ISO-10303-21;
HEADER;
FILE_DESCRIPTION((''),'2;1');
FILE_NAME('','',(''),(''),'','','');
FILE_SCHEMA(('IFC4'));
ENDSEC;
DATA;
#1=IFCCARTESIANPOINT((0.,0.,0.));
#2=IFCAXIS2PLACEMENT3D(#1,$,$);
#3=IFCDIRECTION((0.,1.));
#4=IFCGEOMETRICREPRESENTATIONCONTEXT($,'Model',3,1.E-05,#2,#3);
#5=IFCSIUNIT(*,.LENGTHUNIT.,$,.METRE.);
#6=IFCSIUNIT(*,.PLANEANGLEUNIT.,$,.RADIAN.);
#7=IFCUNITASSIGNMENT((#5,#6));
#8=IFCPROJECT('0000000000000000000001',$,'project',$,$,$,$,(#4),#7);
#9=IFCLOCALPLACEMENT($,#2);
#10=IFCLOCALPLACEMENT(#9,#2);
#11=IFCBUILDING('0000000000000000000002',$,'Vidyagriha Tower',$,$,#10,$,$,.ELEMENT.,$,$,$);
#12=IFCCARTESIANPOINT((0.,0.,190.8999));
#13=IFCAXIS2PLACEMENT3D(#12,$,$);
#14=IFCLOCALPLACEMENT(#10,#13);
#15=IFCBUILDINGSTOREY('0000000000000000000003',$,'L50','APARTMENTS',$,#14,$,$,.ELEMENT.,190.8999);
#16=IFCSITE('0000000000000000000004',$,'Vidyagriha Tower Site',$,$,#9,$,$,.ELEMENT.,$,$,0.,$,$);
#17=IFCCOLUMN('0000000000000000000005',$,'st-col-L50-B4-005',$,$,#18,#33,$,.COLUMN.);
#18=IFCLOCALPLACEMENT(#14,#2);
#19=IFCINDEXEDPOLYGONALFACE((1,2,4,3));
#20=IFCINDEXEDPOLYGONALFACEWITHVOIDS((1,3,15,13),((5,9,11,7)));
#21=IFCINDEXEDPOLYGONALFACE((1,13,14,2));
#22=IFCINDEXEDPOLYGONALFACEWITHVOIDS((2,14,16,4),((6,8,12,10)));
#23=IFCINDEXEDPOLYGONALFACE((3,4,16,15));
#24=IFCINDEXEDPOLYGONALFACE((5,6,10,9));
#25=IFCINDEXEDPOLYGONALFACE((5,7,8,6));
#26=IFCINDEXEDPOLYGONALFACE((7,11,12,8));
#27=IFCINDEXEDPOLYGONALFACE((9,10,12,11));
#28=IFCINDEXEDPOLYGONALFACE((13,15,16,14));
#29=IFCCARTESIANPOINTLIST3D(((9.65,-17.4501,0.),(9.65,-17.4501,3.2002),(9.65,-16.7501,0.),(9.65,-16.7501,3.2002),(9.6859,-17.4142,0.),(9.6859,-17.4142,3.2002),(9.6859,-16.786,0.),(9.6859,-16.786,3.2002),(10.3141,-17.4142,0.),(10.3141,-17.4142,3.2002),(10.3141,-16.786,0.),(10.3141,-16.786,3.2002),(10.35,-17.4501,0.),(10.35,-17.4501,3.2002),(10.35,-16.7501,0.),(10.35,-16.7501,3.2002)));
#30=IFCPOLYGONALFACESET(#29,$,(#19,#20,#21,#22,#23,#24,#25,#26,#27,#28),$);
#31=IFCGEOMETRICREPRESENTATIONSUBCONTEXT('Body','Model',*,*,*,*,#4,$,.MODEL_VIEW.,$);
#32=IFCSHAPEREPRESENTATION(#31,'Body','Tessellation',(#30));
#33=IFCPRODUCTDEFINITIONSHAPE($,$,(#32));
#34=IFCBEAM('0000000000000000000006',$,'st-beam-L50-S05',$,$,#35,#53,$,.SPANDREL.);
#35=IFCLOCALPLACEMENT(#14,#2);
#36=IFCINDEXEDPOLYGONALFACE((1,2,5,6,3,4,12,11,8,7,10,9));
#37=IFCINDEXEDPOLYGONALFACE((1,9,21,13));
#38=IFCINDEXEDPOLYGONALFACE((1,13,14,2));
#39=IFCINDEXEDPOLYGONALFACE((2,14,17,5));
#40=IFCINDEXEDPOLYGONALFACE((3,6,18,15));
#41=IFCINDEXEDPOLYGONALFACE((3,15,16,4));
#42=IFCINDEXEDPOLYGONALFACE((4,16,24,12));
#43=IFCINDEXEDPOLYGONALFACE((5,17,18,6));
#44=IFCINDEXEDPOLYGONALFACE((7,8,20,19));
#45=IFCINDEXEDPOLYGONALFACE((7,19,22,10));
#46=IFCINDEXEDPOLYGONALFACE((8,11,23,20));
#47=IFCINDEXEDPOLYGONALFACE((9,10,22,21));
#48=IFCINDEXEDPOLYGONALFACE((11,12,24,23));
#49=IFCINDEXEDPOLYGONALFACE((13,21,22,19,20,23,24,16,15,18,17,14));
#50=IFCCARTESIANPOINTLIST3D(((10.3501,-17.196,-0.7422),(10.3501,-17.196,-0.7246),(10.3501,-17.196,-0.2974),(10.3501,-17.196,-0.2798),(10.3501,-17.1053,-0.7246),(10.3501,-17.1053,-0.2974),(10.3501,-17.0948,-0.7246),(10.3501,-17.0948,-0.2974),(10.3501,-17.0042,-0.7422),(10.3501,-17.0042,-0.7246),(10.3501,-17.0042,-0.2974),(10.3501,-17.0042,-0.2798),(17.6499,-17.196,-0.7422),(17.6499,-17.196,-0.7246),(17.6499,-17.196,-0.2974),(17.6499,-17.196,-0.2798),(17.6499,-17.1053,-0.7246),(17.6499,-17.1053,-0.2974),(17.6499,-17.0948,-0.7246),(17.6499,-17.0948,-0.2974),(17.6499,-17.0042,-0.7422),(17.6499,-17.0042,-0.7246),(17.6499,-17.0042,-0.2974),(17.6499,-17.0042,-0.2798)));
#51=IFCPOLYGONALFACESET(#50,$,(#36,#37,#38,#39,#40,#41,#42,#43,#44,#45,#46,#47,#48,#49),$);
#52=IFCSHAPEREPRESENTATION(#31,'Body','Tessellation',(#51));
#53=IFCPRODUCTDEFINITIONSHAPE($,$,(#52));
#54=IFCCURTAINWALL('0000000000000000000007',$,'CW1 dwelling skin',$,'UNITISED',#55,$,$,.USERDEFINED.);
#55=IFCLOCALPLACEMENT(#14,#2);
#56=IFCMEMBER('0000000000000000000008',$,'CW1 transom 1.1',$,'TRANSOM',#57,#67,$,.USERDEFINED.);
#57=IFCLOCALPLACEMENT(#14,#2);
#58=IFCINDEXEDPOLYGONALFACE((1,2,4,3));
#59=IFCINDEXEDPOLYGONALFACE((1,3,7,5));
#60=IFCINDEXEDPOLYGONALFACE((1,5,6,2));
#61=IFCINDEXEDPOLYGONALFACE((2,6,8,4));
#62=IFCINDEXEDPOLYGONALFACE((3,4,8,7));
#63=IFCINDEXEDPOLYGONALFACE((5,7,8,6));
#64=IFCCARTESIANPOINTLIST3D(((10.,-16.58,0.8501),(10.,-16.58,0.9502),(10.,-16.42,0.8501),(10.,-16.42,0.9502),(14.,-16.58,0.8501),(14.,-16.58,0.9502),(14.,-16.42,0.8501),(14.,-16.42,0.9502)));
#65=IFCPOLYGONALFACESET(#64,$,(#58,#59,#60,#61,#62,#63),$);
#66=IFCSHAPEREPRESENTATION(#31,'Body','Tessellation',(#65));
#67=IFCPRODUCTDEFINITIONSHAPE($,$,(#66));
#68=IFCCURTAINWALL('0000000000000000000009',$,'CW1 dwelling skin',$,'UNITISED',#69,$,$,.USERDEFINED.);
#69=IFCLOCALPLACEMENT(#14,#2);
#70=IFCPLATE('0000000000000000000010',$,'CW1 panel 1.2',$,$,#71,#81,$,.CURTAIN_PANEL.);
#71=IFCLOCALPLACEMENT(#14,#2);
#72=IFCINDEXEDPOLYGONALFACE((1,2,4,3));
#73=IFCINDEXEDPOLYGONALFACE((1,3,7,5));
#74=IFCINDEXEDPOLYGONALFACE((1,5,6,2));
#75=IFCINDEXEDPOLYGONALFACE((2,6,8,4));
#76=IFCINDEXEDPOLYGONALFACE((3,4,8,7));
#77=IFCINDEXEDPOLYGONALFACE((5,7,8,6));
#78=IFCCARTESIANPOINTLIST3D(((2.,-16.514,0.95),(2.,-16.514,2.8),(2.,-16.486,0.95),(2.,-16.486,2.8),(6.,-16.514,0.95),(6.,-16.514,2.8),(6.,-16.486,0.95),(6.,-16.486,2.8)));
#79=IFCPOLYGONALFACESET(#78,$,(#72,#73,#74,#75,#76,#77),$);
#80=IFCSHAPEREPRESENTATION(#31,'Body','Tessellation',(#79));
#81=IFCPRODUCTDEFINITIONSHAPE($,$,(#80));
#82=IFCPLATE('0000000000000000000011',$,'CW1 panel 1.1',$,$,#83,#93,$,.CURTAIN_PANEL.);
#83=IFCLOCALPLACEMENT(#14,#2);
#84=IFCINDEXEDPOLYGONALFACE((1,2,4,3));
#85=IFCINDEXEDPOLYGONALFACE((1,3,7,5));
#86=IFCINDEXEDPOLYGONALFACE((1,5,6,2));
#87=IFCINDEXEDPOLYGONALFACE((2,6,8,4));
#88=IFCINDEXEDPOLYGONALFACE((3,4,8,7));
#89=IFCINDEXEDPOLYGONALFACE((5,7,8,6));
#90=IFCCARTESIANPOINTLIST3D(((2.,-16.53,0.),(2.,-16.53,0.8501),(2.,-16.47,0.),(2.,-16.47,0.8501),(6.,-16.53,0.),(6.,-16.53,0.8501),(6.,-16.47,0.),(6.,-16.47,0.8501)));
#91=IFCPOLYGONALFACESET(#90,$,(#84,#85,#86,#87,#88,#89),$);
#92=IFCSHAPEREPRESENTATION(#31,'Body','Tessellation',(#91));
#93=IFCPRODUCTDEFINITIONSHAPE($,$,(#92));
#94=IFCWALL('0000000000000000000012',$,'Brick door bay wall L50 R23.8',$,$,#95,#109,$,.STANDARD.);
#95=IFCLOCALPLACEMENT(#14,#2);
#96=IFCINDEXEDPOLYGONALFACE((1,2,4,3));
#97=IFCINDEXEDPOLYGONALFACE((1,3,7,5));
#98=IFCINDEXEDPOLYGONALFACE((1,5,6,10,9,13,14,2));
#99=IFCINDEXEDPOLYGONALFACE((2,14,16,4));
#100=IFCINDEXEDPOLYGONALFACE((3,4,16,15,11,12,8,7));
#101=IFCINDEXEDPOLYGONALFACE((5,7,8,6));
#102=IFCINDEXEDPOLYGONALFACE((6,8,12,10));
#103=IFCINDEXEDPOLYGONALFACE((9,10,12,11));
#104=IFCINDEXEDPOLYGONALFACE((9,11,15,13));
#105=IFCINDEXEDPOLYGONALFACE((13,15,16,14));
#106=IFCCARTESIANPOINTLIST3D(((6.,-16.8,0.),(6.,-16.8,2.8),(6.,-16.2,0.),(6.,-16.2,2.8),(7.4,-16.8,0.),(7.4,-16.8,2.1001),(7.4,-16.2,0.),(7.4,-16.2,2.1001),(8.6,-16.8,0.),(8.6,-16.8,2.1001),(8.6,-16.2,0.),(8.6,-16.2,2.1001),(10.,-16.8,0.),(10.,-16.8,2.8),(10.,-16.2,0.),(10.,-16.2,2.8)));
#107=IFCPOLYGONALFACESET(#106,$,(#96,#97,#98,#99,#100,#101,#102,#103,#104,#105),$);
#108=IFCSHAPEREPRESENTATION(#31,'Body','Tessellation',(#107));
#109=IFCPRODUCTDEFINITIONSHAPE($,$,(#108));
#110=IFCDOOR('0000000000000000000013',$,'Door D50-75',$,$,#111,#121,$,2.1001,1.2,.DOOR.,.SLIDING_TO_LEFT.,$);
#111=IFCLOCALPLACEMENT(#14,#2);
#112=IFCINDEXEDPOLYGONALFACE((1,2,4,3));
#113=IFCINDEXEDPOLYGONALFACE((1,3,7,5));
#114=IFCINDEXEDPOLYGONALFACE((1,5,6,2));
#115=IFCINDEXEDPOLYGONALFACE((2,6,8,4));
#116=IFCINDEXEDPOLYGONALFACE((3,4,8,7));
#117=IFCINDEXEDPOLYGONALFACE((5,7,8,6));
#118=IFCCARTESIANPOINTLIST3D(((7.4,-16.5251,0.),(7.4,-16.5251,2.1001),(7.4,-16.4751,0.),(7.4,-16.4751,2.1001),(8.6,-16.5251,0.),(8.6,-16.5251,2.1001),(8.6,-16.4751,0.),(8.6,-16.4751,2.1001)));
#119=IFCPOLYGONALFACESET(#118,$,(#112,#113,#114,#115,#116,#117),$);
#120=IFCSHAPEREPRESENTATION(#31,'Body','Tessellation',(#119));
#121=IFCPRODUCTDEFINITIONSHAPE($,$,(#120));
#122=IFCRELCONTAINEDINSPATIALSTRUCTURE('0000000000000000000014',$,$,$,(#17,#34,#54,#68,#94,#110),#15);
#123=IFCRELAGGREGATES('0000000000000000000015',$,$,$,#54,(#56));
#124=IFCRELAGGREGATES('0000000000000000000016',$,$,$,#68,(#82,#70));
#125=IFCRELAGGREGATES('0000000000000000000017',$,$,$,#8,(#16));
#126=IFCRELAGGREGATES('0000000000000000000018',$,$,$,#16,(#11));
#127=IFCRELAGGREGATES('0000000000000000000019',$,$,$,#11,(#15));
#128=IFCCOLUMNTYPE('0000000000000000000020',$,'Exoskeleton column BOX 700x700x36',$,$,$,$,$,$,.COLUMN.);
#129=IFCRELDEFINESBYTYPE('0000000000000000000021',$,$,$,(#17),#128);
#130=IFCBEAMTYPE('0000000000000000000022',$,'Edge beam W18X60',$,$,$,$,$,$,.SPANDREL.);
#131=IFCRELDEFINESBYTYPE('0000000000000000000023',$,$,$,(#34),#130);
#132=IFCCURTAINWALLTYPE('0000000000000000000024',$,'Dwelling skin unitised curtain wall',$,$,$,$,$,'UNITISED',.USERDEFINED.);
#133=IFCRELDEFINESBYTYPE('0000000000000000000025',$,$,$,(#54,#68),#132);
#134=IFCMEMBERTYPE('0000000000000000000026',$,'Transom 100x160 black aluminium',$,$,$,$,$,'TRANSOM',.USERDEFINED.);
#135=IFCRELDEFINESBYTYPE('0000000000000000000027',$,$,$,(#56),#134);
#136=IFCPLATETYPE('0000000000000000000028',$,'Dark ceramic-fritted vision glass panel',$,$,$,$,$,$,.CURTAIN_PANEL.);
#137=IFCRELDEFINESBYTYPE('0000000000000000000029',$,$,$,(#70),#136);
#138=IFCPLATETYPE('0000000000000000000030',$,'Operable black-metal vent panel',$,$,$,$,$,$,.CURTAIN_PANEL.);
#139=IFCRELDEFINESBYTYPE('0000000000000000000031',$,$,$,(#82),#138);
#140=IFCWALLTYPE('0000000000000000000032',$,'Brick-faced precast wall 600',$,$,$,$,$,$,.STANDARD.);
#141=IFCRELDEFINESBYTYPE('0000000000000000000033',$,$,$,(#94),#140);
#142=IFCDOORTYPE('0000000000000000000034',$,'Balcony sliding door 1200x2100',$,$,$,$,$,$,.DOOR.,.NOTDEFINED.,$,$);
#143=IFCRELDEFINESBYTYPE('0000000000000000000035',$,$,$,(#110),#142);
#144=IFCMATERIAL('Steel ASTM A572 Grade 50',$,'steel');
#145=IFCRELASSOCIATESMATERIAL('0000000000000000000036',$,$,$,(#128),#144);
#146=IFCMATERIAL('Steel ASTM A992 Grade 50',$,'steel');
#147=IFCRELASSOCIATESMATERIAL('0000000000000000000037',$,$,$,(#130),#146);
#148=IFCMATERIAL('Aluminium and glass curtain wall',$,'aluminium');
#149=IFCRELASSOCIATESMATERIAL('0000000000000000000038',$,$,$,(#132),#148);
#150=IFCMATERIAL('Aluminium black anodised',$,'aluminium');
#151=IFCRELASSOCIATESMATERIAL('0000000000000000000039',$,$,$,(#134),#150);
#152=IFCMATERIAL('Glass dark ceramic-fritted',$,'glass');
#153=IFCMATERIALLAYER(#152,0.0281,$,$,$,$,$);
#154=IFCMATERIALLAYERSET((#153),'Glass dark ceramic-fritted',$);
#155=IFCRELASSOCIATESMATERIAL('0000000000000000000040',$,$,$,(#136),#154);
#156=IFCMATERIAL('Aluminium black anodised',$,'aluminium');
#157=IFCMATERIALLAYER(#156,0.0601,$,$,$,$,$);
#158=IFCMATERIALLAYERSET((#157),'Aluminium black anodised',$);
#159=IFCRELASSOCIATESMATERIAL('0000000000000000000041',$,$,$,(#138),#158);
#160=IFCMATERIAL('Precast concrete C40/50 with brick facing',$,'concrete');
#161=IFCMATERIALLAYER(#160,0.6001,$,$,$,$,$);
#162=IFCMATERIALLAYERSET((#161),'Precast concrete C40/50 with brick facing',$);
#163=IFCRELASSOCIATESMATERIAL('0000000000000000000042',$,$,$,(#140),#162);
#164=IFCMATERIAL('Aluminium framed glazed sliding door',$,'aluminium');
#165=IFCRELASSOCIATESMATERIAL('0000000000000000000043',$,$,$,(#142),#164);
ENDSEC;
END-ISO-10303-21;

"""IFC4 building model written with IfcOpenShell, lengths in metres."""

from ifc_helpers import new_model, si_unit, direction, frame, frame_2d, origin, origin_2d, place, context, subcontext, project, spatial, rectangle, hollow_rectangle, i_section, extrude, material, layer, layer_set, material_profile, profile_set, type_object, element, fill, aggregate, save


model = new_model("IFC4")

# Units and contexts
model_context = context("Model", 3, precision=1e-05, world=origin(), true_north=direction((0.0, 1.0)))
body_context = subcontext(model_context, "Body", "Model", "MODEL_VIEW")
ifc_project = project(units=[si_unit("LENGTHUNIT", "METRE"), si_unit("PLANEANGLEUNIT", "RADIAN")], contexts=[model_context])

# Site, building, storey
site_placement = place(None, origin())
site = spatial("IfcSite", under=ifc_project, at=site_placement, Name="Vidyagriha Tower Site", CompositionType="ELEMENT", RefElevation=0.0)
building_placement = place(site_placement, origin())
building = spatial("IfcBuilding", under=site, at=building_placement, Name="Vidyagriha Tower", CompositionType="ELEMENT")
storey_placement = place(building_placement, frame((0.0, 0.0, 190.8999)))
storey = spatial("IfcBuildingStorey", under=building, at=storey_placement, Name="L50", Description="APARTMENTS", CompositionType="ELEMENT", Elevation=190.8999)

# Column
ifc_material_1 = material(Name="Steel ASTM A572 Grade 50", Category="steel")
ifc_material_profile_1 = material_profile(ifc_material_1, hollow_rectangle(XDim=0.7, YDim=0.7, WallThickness=0.0359, at=origin_2d()), Name="BOX 700x700x36")
ifc_profile_set_1 = profile_set([ifc_material_profile_1], Name="Steel ASTM A572 Grade 50")
column_type = type_object("IfcColumnType", Name="Exoskeleton column BOX 700x700x36", PredefinedType="COLUMN", material=ifc_profile_set_1)
column_placement = place(storey_placement, frame((10.0, -17.1001, 0.0)))
element("IfcColumn", 1, at=column_placement, inside=storey, type_object=column_type, Name="st-col-L50-B4-005", PredefinedType="COLUMN", context=body_context, shape_type="SweptSolid", body=[
    extrude(hollow_rectangle(XDim=0.7, YDim=0.7, WallThickness=0.0359, at=origin_2d()), origin(), (0.0, 0.0, 1.0), 3.2002),
])

# Beam
ifc_material_2 = material(Name="Steel ASTM A992 Grade 50", Category="steel")
ifc_material_profile_2 = material_profile(ifc_material_2, i_section(OverallWidth=0.1919, OverallDepth=0.4624, WebThickness=0.0105, FlangeThickness=0.0176, at=origin_2d()), Name="W18X60")
ifc_profile_set_2 = profile_set([ifc_material_profile_2], Name="Steel ASTM A992 Grade 50")
beam_type = type_object("IfcBeamType", Name="Edge beam W18X60", PredefinedType="SPANDREL", material=ifc_profile_set_2)
beam_placement = place(storey_placement, frame((10.3501, -17.1001, -0.511), z_axis=(1.0, 0.0, 0.0), x_axis=(0.0, 1.0, 0.0)))
element("IfcBeam", 2, at=beam_placement, inside=storey, type_object=beam_type, Name="st-beam-L50-S05", PredefinedType="SPANDREL", context=body_context, shape_type="SweptSolid", body=[
    extrude(i_section(OverallWidth=0.1919, OverallDepth=0.4624, WebThickness=0.0105, FlangeThickness=0.0176, at=origin_2d()), origin(), (0.0, 0.0, 1.0), 7.2998),
])

# Curtain wall, member
ifc_material_3 = material(Name="Aluminium and glass curtain wall", Category="aluminium")
curtain_wall_type = type_object("IfcCurtainWallType", Name="Dwelling skin unitised curtain wall", ElementType="UNITISED", PredefinedType="USERDEFINED", material=ifc_material_3)
curtain_wall_1_placement = place(storey_placement, origin())
curtain_wall_1 = element("IfcCurtainWall", 3, at=curtain_wall_1_placement, inside=storey, type_object=curtain_wall_type, Name="CW1 dwelling skin", ObjectType="UNITISED", PredefinedType="USERDEFINED")
ifc_material_4 = material(Name="Aluminium black anodised", Category="aluminium")
ifc_material_profile_3 = material_profile(ifc_material_4, rectangle(XDim=0.1599, YDim=0.1001, at=origin_2d()), Name="Transom 100x160 black aluminium")
ifc_profile_set_3 = profile_set([ifc_material_profile_3], Name="Aluminium black anodised")
member_type = type_object("IfcMemberType", Name="Transom 100x160 black aluminium", ElementType="TRANSOM", PredefinedType="USERDEFINED", material=ifc_profile_set_3)
member_placement = place(storey_placement, frame((10.0, -16.5, 0.9001), z_axis=(1.0, 0.0, 0.0), x_axis=(0.0, 1.0, 0.0)))
member = element("IfcMember", 4, at=member_placement, type_object=member_type, Name="CW1 transom 1.1", ObjectType="TRANSOM", PredefinedType="USERDEFINED", context=body_context, shape_type="SweptSolid", body=[
    extrude(rectangle(XDim=0.1599, YDim=0.1001, at=origin_2d()), origin(), (0.0, 0.0, 1.0), 4.0),
])
aggregate(curtain_wall_1, [member])

# Curtain wall, plates
curtain_wall_2_placement = place(storey_placement, origin())
curtain_wall_2 = element("IfcCurtainWall", 5, at=curtain_wall_2_placement, inside=storey, type_object=curtain_wall_type, Name="CW1 dwelling skin", ObjectType="UNITISED", PredefinedType="USERDEFINED")
ifc_material_5 = material(Name="Glass dark ceramic-fritted", Category="glass")
ifc_layer_1 = layer(ifc_material_5, 0.0281)
ifc_layer_set_1 = layer_set([ifc_layer_1], Name="Glass dark ceramic-fritted")
plate_type_1 = type_object("IfcPlateType", Name="Dark ceramic-fritted vision glass panel", PredefinedType="CURTAIN_PANEL", material=ifc_layer_set_1)
plate_1_placement = place(storey_placement, frame((4.0, -16.5, 0.95)))
plate_1 = element("IfcPlate", 6, at=plate_1_placement, type_object=plate_type_1, Name="CW1 panel 1.2", PredefinedType="CURTAIN_PANEL", context=body_context, shape_type="SweptSolid", body=[
    extrude(rectangle(XDim=4.0, YDim=0.0281, at=origin_2d()), origin(), (0.0, 0.0, 1.0), 1.8501),
])
ifc_material_6 = material(Name="Aluminium black anodised", Category="aluminium")
ifc_layer_2 = layer(ifc_material_6, 0.0601)
ifc_layer_set_2 = layer_set([ifc_layer_2], Name="Aluminium black anodised")
plate_type_2 = type_object("IfcPlateType", Name="Operable black-metal vent panel", PredefinedType="CURTAIN_PANEL", material=ifc_layer_set_2)
plate_2_placement = place(storey_placement, frame((4.0, -16.5, 0.0)))
plate_2 = element("IfcPlate", 7, at=plate_2_placement, type_object=plate_type_2, Name="CW1 panel 1.1", PredefinedType="CURTAIN_PANEL", context=body_context, shape_type="SweptSolid", body=[
    extrude(rectangle(XDim=4.0, YDim=0.0601, at=origin_2d()), origin(), (0.0, 0.0, 1.0), 0.8501),
])
aggregate(curtain_wall_2, [plate_2, plate_1])

# Wall, opening, door
ifc_material_7 = material(Name="Precast concrete C40/50 with brick facing", Category="concrete")
ifc_layer_3 = layer(ifc_material_7, 0.6001)
ifc_layer_set_3 = layer_set([ifc_layer_3], Name="Precast concrete C40/50 with brick facing")
wall_type = type_object("IfcWallType", Name="Brick-faced precast wall 600", PredefinedType="STANDARD", material=ifc_layer_set_3)
wall_placement = place(storey_placement, frame((6.0, -16.5, 0.0)))
wall = element("IfcWall", 8, at=wall_placement, inside=storey, type_object=wall_type, Name="Brick door bay wall L50 R23.8", PredefinedType="STANDARD", context=body_context, shape_type="SweptSolid", body=[
    extrude(rectangle(XDim=4.0, YDim=0.6001, at=frame_2d((2.0, 0.0))), origin(), (0.0, 0.0, 1.0), 2.8),
])
opening_placement = place(wall_placement, frame((1.3999, 0.0, 0.0)))
opening = element("IfcOpeningElement", 9, at=opening_placement, cuts=wall, PredefinedType="OPENING", context=body_context, shape_type="SweptSolid", body=[
    extrude(rectangle(XDim=1.2, YDim=2.1001, at=frame_2d((0.6001, 1.05))), frame((0.0, 0.3101, 0.0), z_axis=(0.0, -1.0, 0.0), x_axis=(1.0, 0.0, 0.0)), (0.0, 0.0, 1.0), 0.6201),
])
ifc_material_8 = material(Name="Aluminium framed glazed sliding door", Category="aluminium")
door_type = type_object("IfcDoorType", Name="Balcony sliding door 1200x2100", OperationType="NOTDEFINED", PredefinedType="DOOR", material=ifc_material_8)
door_placement = place(opening_placement, origin())
door = element("IfcDoor", 10, at=door_placement, inside=storey, type_object=door_type, Name="Door D50-75", OperationType="SLIDING_TO_LEFT", OverallHeight=2.1001, OverallWidth=1.2, PredefinedType="DOOR", context=body_context, shape_type="SweptSolid", body=[
    extrude(rectangle(XDim=1.2, YDim=2.1001, at=frame_2d((0.6001, 1.05))), frame((0.0, 0.0249, 0.0), z_axis=(0.0, -1.0, 0.0), x_axis=(1.0, 0.0, 0.0)), (0.0, 0.0, 1.0), 0.05),
])
fill(opening, door)

save(model, "model.ifc")
